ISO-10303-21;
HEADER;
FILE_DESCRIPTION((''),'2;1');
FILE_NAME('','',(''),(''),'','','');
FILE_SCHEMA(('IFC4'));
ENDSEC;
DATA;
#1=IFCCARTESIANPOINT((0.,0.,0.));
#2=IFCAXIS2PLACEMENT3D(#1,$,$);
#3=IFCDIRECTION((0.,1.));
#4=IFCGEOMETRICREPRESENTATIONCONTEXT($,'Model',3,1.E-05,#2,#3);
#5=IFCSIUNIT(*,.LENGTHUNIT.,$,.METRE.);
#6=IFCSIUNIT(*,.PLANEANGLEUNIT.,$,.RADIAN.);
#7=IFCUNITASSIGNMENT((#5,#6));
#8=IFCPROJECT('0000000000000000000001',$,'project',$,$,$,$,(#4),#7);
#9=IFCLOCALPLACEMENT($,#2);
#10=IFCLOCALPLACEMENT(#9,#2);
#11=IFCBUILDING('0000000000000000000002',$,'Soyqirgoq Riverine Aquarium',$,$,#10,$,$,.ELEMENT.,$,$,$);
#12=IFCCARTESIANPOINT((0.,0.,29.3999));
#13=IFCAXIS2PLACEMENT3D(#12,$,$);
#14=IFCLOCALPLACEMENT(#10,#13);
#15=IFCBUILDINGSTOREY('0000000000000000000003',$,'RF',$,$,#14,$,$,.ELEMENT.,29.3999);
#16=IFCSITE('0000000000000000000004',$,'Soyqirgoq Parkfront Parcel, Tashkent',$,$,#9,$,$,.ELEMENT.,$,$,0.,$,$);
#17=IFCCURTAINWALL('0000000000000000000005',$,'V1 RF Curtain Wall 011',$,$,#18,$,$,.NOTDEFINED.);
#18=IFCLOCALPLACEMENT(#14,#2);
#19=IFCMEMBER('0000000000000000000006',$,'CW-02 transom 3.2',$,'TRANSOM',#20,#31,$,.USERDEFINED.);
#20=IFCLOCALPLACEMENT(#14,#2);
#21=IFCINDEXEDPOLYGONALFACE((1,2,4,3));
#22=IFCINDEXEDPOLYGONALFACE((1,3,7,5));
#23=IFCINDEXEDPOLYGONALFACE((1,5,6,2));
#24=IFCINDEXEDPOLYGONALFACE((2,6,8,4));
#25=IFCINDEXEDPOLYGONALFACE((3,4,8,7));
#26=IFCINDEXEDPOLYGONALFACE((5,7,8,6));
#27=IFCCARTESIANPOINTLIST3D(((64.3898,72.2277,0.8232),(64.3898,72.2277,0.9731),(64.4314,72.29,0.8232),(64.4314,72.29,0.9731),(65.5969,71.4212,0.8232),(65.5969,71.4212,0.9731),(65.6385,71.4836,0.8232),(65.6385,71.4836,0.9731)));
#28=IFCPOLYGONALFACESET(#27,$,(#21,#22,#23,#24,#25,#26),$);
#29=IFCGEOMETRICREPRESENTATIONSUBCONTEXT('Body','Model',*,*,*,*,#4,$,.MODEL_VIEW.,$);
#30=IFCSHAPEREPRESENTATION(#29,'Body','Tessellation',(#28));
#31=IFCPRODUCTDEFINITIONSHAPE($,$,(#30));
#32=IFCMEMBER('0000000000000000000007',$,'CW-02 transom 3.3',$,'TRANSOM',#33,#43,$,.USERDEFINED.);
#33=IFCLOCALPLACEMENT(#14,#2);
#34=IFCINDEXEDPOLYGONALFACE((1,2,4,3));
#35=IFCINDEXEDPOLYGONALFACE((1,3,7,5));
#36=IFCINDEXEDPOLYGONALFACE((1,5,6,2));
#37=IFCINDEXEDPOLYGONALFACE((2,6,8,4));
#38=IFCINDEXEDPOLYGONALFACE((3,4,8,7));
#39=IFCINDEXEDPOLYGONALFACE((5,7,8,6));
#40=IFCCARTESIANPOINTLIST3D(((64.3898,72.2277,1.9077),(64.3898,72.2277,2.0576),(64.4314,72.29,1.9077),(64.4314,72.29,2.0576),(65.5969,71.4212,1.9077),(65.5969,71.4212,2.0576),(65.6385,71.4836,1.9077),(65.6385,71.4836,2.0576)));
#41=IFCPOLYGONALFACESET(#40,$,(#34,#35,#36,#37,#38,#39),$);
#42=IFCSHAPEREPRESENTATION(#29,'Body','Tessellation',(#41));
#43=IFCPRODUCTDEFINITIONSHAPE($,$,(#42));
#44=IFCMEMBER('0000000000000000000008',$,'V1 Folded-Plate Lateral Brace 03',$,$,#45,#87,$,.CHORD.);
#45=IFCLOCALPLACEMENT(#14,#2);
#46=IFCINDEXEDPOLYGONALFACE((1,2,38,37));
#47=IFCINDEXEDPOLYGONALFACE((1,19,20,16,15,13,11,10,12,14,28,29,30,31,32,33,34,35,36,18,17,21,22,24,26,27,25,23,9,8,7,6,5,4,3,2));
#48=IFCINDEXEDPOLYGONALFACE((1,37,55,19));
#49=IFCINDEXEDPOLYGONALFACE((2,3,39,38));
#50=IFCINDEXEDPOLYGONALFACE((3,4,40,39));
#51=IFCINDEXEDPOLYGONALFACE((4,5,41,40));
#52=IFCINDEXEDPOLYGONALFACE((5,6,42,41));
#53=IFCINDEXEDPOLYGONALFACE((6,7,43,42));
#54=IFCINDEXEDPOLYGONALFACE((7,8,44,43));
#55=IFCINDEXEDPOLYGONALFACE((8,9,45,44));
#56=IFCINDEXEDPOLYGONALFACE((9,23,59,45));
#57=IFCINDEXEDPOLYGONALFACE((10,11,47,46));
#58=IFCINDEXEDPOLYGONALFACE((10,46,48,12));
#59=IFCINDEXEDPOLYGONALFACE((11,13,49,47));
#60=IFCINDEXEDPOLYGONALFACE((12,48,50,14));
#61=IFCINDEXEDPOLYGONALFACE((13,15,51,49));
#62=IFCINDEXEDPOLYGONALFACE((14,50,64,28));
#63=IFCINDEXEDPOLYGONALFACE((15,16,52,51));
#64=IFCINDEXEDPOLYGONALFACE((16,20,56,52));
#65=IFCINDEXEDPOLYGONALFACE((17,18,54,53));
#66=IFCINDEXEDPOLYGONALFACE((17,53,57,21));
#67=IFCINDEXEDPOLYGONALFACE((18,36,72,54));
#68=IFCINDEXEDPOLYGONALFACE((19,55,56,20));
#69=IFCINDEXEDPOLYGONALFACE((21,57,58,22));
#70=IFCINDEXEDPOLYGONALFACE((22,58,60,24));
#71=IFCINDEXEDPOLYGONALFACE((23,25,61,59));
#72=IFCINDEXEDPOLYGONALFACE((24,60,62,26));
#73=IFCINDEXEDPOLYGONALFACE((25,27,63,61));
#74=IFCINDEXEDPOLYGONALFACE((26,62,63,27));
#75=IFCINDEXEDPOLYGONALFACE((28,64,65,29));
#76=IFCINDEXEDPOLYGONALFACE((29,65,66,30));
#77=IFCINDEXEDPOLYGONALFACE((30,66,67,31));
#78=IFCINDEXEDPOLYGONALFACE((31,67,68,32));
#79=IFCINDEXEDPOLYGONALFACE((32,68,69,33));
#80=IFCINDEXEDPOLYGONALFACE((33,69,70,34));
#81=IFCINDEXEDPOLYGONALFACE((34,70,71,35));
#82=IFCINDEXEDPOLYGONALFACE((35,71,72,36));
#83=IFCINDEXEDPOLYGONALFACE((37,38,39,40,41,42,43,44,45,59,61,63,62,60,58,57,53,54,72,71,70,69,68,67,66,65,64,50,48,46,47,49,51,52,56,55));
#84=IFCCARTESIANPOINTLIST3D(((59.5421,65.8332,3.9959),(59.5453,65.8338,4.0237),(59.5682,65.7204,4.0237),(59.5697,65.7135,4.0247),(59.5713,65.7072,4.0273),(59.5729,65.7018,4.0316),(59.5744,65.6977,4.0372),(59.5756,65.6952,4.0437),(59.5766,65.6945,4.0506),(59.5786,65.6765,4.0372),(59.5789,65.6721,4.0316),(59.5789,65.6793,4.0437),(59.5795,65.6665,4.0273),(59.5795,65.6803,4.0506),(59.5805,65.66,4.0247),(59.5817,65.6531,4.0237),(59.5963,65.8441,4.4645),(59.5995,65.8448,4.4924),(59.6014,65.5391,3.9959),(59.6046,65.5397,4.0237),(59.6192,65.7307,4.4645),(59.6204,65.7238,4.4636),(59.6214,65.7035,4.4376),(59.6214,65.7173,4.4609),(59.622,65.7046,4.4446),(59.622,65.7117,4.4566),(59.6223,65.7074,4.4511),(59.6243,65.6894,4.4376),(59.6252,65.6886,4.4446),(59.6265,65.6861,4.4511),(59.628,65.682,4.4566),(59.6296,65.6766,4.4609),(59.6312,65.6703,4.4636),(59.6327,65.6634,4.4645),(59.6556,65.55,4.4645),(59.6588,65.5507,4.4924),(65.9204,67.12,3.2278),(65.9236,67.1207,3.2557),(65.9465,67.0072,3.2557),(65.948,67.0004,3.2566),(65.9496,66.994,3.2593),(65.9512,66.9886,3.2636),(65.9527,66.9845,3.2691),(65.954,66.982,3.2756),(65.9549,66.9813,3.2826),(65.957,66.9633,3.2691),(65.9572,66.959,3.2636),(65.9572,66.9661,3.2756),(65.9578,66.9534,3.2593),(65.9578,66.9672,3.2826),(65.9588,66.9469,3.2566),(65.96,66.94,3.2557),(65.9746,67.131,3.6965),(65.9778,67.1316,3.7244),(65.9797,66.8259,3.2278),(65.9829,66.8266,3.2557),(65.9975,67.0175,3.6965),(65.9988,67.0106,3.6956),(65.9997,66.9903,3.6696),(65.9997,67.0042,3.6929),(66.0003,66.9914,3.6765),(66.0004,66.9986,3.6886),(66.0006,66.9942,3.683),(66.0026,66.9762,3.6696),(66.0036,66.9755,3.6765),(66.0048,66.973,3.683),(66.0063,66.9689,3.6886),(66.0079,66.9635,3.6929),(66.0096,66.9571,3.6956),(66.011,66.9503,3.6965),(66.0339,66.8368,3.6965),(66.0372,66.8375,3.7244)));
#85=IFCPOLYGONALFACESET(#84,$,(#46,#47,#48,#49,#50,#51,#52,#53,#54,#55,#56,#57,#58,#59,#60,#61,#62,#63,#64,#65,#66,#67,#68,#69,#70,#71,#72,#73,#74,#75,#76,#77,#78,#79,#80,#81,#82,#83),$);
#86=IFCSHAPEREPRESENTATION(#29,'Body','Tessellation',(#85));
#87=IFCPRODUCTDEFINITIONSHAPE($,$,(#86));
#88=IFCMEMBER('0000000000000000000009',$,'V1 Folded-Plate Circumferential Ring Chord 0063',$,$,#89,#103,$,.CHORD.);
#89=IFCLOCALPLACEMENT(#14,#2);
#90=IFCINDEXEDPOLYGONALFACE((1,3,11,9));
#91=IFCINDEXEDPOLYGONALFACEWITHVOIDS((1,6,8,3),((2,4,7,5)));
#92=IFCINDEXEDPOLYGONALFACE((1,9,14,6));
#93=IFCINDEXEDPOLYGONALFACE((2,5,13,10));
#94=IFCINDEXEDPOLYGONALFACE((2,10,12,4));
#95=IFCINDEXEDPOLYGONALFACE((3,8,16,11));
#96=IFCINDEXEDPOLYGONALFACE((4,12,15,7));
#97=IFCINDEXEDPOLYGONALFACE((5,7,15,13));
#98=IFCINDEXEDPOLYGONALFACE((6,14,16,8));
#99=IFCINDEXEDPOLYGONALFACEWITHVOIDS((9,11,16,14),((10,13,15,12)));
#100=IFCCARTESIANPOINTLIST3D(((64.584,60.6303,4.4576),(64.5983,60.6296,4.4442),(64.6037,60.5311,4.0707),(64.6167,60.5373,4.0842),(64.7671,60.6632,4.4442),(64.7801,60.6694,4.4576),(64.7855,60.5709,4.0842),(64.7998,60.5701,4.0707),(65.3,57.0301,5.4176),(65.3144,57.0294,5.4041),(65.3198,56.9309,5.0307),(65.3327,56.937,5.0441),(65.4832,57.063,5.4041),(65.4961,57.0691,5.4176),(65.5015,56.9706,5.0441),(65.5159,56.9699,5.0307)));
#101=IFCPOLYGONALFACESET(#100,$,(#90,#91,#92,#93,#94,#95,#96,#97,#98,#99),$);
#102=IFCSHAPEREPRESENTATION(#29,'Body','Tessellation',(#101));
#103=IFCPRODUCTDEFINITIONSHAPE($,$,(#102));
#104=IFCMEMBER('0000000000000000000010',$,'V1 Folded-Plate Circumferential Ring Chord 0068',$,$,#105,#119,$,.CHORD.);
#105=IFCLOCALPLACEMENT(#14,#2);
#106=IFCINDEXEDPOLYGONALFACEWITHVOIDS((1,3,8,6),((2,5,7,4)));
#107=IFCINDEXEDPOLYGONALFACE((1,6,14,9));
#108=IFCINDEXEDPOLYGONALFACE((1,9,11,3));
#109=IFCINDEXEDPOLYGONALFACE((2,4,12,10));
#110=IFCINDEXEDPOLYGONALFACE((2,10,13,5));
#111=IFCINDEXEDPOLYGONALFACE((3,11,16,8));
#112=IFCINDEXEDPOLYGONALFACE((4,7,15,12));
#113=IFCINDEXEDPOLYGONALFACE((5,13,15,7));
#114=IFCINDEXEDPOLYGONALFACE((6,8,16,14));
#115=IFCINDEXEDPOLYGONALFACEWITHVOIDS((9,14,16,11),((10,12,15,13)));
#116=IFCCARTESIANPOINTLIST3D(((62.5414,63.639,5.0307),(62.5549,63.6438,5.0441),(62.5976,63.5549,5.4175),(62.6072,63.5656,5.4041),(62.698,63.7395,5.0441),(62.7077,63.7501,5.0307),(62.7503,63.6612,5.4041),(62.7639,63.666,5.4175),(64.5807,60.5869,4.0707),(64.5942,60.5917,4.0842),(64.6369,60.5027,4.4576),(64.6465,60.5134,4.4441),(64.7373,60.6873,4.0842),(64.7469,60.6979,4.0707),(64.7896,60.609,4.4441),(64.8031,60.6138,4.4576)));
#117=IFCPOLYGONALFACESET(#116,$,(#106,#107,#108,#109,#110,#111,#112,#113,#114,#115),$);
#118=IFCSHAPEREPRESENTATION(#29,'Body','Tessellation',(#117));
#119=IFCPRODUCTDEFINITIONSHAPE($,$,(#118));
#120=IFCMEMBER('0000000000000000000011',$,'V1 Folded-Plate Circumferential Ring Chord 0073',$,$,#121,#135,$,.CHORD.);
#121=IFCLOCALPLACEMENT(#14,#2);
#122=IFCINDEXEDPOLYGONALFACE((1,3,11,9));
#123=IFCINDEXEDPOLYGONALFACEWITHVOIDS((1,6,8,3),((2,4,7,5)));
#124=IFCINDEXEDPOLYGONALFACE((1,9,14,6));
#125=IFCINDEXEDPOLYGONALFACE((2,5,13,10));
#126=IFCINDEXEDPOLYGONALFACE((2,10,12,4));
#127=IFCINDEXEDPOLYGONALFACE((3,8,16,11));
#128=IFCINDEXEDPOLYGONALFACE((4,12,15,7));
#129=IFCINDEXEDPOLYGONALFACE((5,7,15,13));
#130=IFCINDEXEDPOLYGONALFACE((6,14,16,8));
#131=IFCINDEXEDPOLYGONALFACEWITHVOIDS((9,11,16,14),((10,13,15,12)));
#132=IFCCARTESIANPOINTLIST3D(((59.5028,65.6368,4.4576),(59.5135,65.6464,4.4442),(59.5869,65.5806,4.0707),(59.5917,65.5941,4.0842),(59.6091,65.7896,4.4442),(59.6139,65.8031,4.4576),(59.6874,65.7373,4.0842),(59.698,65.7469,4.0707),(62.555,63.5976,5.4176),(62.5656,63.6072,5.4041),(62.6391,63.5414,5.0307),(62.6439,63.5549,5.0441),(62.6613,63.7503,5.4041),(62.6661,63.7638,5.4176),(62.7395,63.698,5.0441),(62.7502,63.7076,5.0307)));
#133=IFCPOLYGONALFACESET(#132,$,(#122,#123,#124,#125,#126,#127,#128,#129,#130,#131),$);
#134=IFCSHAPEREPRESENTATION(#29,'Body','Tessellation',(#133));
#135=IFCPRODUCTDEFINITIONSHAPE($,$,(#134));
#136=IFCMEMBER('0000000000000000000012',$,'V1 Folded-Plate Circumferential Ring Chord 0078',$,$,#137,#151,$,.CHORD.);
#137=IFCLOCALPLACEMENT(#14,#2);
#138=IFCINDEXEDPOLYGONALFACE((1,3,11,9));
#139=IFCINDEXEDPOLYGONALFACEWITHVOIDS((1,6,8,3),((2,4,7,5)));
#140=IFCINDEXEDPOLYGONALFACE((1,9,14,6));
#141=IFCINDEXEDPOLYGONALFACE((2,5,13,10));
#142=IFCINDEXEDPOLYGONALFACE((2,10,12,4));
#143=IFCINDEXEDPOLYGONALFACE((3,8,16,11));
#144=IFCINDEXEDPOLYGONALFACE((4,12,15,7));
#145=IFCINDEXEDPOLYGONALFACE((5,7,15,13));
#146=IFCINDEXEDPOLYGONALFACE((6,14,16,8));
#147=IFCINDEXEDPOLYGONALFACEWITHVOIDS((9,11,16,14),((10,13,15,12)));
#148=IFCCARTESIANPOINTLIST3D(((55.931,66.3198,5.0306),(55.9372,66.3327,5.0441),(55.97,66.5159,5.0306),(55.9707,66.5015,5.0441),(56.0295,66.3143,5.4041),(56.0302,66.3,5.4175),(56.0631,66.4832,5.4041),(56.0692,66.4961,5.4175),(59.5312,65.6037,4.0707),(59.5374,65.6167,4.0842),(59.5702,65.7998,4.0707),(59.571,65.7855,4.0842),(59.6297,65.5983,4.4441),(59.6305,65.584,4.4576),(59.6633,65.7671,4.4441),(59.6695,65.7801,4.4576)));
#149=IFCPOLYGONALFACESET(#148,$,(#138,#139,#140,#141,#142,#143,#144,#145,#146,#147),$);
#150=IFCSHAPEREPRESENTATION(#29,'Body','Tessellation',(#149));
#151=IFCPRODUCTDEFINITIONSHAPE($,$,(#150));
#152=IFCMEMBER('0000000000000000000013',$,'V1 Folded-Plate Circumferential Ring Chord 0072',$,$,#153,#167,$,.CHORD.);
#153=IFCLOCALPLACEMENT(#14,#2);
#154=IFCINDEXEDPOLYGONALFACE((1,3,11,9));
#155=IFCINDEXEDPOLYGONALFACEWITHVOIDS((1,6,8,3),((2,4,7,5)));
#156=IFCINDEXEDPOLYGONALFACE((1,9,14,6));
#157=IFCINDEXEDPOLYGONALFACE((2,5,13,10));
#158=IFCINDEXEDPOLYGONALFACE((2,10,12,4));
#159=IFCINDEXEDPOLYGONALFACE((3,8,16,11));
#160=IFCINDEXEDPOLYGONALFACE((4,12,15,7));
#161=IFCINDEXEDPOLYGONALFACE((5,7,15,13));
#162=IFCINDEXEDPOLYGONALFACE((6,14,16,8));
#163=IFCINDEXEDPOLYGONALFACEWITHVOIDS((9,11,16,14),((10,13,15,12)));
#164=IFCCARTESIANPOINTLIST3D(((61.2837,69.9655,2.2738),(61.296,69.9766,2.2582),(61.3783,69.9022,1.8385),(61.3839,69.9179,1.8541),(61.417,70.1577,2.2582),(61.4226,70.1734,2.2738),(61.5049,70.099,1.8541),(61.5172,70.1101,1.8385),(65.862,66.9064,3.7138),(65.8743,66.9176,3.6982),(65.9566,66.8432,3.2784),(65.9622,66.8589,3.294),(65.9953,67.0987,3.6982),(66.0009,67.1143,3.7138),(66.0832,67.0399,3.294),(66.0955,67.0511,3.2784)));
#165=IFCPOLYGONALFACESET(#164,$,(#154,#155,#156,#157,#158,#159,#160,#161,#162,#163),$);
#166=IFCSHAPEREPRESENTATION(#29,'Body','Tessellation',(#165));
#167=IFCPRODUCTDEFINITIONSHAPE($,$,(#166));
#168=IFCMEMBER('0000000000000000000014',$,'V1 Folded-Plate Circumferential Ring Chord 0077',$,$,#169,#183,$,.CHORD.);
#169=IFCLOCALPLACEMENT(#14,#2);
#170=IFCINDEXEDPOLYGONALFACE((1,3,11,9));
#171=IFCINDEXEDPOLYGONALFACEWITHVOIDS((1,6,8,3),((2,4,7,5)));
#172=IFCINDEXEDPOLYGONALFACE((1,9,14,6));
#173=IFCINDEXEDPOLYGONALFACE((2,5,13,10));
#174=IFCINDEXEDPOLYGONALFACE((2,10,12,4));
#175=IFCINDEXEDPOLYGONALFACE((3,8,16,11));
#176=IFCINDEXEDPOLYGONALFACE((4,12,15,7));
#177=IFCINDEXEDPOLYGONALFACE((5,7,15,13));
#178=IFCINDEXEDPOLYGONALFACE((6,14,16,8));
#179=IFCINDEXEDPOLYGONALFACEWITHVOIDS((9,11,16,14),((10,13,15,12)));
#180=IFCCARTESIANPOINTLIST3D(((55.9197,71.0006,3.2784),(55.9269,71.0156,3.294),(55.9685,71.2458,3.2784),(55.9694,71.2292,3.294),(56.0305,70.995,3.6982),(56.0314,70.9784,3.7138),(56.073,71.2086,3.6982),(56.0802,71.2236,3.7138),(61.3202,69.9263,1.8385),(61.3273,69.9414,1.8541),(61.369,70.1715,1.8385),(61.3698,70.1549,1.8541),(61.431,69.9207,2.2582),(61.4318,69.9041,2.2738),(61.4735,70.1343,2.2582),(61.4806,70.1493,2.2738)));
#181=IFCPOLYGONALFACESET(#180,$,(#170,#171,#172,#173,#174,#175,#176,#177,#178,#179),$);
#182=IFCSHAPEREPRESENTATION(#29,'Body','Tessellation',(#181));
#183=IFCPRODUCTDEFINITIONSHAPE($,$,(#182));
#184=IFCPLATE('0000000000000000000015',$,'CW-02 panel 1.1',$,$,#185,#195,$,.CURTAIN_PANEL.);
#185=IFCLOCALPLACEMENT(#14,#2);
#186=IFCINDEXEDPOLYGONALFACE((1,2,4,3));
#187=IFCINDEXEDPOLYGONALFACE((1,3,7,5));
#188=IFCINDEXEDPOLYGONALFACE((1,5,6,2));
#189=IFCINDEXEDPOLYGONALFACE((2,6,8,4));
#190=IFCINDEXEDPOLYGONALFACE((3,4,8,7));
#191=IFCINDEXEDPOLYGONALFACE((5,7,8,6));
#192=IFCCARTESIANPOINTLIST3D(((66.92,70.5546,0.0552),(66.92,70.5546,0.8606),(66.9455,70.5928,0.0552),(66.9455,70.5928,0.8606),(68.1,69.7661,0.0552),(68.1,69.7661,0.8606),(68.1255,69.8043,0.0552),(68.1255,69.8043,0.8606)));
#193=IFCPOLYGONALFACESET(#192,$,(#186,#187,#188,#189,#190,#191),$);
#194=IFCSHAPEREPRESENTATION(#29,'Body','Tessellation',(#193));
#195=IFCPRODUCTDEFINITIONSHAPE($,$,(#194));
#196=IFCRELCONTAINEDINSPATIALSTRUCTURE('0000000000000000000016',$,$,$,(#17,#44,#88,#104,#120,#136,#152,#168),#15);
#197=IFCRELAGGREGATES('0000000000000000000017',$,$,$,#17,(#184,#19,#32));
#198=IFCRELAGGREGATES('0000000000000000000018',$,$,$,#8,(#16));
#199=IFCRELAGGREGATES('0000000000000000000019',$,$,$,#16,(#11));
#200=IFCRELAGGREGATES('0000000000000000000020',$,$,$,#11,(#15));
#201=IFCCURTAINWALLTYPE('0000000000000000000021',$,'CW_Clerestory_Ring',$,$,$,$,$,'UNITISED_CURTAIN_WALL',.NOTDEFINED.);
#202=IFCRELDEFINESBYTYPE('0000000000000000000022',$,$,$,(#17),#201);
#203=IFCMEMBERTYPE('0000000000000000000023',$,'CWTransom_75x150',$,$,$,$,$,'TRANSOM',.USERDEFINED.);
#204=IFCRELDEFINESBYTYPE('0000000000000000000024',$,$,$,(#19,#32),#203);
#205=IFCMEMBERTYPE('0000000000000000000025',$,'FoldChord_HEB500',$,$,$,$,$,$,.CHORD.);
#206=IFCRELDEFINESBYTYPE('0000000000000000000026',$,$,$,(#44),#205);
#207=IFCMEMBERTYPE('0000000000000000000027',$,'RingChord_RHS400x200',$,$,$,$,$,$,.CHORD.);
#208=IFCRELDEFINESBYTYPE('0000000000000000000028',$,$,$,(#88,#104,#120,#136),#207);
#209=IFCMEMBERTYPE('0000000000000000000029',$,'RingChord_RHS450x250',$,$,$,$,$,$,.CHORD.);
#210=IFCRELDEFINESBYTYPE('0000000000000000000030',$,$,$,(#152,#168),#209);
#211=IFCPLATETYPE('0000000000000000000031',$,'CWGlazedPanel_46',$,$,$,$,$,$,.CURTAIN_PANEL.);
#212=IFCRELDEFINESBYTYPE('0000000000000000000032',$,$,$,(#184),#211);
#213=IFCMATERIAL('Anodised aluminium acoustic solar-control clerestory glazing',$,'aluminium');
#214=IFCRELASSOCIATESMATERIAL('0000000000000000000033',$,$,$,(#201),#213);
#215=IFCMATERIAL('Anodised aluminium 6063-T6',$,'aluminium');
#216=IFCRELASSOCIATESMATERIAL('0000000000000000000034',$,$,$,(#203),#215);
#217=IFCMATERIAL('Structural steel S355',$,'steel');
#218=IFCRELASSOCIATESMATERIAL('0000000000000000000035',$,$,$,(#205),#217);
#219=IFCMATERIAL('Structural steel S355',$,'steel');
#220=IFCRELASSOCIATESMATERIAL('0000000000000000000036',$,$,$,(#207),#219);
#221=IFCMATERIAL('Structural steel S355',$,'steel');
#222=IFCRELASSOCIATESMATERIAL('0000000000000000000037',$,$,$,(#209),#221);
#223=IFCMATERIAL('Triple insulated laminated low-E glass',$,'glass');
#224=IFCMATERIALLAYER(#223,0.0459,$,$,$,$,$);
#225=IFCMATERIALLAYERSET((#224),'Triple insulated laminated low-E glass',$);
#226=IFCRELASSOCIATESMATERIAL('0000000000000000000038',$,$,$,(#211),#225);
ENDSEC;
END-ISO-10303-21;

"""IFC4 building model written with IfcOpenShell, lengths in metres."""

from ifc_helpers import new_model, si_unit, direction, frame, origin, origin_2d, place, context, subcontext, project, spatial, rectangle, hollow_rectangle, i_section, extrude, material, layer, layer_set, material_profile, profile_set, type_object, element, aggregate, save


model = new_model("IFC4")

# Units and contexts
model_context = context("Model", 3, precision=1e-05, world=origin(), true_north=direction((0.0, 1.0)))
body_context = subcontext(model_context, "Body", "Model", "MODEL_VIEW")
ifc_project = project(units=[si_unit("LENGTHUNIT", "METRE"), si_unit("PLANEANGLEUNIT", "RADIAN")], contexts=[model_context])

# Site, building, storey
site_placement = place(None, origin())
site = spatial("IfcSite", under=ifc_project, at=site_placement, Name="Soyqirgoq Parkfront Parcel, Tashkent", CompositionType="ELEMENT", RefElevation=0.0)
building_placement = place(site_placement, origin())
building = spatial("IfcBuilding", under=site, at=building_placement, Name="Soyqirgoq Riverine Aquarium", CompositionType="ELEMENT")
storey_placement = place(building_placement, frame((0.0, 0.0, 29.3999)))
storey = spatial("IfcBuildingStorey", under=building, at=storey_placement, Name="RF", CompositionType="ELEMENT", Elevation=29.3999)

# Curtain wall, members
ifc_material_1 = material(Name="Anodised aluminium acoustic solar-control clerestory glazing", Category="aluminium")
curtain_wall_type = type_object("IfcCurtainWallType", Name="CW_Clerestory_Ring", ElementType="UNITISED_CURTAIN_WALL", PredefinedType="NOTDEFINED", material=ifc_material_1)
curtain_wall_placement = place(storey_placement, origin())
curtain_wall = element("IfcCurtainWall", 1, at=curtain_wall_placement, inside=storey, type_object=curtain_wall_type, Name="V1 RF Curtain Wall 011", PredefinedType="NOTDEFINED")
ifc_material_2 = material(Name="Anodised aluminium 6063-T6", Category="aluminium")
ifc_material_profile_1 = material_profile(ifc_material_2, rectangle(XDim=0.075, YDim=0.1499, at=origin_2d()), Name="ALU-T 75x150")
ifc_profile_set_1 = profile_set([ifc_material_profile_1], Name="Anodised aluminium 6063-T6")
member_type_1 = type_object("IfcMemberType", Name="CWTransom_75x150", ElementType="TRANSOM", PredefinedType="USERDEFINED", material=ifc_profile_set_1)
member_1_placement = place(storey_placement, frame((65.6177, 71.4524, 0.8982), z_axis=(-0.831507, 0.555515, 0.0), x_axis=(-0.555515, -0.831507, 0.0)))
member_1 = element("IfcMember", 2, at=member_1_placement, type_object=member_type_1, Name="CW-02 transom 3.2", ObjectType="TRANSOM", PredefinedType="USERDEFINED", context=body_context, shape_type="SweptSolid", body=[
    extrude(rectangle(XDim=0.075, YDim=0.1499, at=origin_2d()), origin(), (0.0, 0.0, 1.0), 1.4517),
])
member_2_placement = place(storey_placement, frame((65.6177, 71.4524, 1.9827), z_axis=(-0.831507, 0.555515, 0.0), x_axis=(-0.555515, -0.831507, 0.0)))
member_2 = element("IfcMember", 3, at=member_2_placement, type_object=member_type_1, Name="CW-02 transom 3.3", ObjectType="TRANSOM", PredefinedType="USERDEFINED", context=body_context, shape_type="SweptSolid", body=[
    extrude(rectangle(XDim=0.075, YDim=0.1499, at=origin_2d()), origin(), (0.0, 0.0, 1.0), 1.4517),
])

# Members
ifc_material_3 = material(Name="Structural steel S355", Category="steel")
ifc_material_profile_2 = material_profile(ifc_material_3, i_section(OverallWidth=0.3, OverallDepth=0.5, WebThickness=0.0144, FlangeThickness=0.0281, FilletRadius=0.0271, at=origin_2d()), Name="HEB 500")
ifc_profile_set_2 = profile_set([ifc_material_profile_2], Name="Structural steel S355")
member_type_2 = type_object("IfcMemberType", Name="FoldChord_HEB500", PredefinedType="CHORD", material=ifc_profile_set_2)
member_3_placement = place(storey_placement, frame((65.9788, 66.9788, 3.4761), z_axis=(-0.97349, -0.196405, 0.117224), x_axis=(0.197768, -0.980249, 0.0)))
element("IfcMember", 4, at=member_3_placement, inside=storey, type_object=member_type_2, Name="V1 Folded-Plate Lateral Brace 03", PredefinedType="CHORD", context=body_context, shape_type="SweptSolid", body=[
    extrude(i_section(OverallWidth=0.3, OverallDepth=0.5, WebThickness=0.0144, FlangeThickness=0.0281, FilletRadius=0.0271, at=origin_2d()), origin(), (0.0, 0.0, 1.0), 6.552),
])
ifc_material_4 = material(Name="Structural steel S355", Category="steel")
ifc_material_profile_3 = material_profile(ifc_material_4, hollow_rectangle(XDim=0.2, YDim=0.3999, WallThickness=0.0139, at=origin_2d()), Name="RHS 400x200x14")
ifc_profile_set_3 = profile_set([ifc_material_profile_3], Name="Structural steel S355")
member_type_3 = type_object("IfcMemberType", Name="RingChord_RHS400x200", PredefinedType="CHORD", material=ifc_profile_set_3)
for number, where, z_axis, x_axis, name in (
    (5, (65.408, 57.0, 5.2241), (-0.188721, 0.948881, -0.253001), (-0.98079, -0.195067, 0.0), "V1 Folded-Plate Circumferential Ring Chord 0063"),
    (6, (64.6919, 60.6003, 4.2642), (-0.53747, 0.804435, 0.253003), (-0.831487, -0.555544, 0.0), "V1 Folded-Plate Circumferential Ring Chord 0068"),
    (7, (62.6526, 63.6526, 5.2241), (-0.804435, 0.53747, -0.253003), (-0.555544, -0.831487, 0.0), "V1 Folded-Plate Circumferential Ring Chord 0073"),
    (8, (59.6003, 65.6919, 4.2642), (-0.948881, 0.188721, 0.253001), (-0.195067, -0.98079, 0.0), "V1 Folded-Plate Circumferential Ring Chord 0078"),
):
    element("IfcMember", number, at=place(storey_placement, frame(where, z_axis=z_axis, x_axis=x_axis)), inside=storey, type_object=member_type_3, Name=name, PredefinedType="CHORD", context=body_context, shape_type="SweptSolid", body=[
        extrude(hollow_rectangle(XDim=0.2, YDim=0.3999, WallThickness=0.0139, at=origin_2d()), origin(), (0.0, 0.0, 1.0), 3.7942),
    ])
ifc_material_5 = material(Name="Structural steel S355", Category="steel")
ifc_material_profile_4 = material_profile(ifc_material_5, hollow_rectangle(XDim=0.25, YDim=0.45, WallThickness=0.0161, at=origin_2d()), Name="RHS 450x250x16")
ifc_profile_set_4 = profile_set([ifc_material_profile_4], Name="Structural steel S355")
member_type_4 = type_object("IfcMemberType", Name="RingChord_RHS450x250", PredefinedType="CHORD", material=ifc_profile_set_4)
for number, where, z_axis, x_axis, name in (
    (9, (65.9788, 66.9788, 3.4961), (-0.804426, 0.537485, -0.253), (-0.555559, -0.831477, 0.0), "V1 Folded-Plate Circumferential Ring Chord 0072"),
    (10, (61.4004, 70.0378, 2.0562), (-0.948875, 0.188745, 0.253005), (-0.195093, -0.980785, 0.0), "V1 Folded-Plate Circumferential Ring Chord 0077"),
):
    element("IfcMember", number, at=place(storey_placement, frame(where, z_axis=z_axis, x_axis=x_axis)), inside=storey, type_object=member_type_4, Name=name, PredefinedType="CHORD", context=body_context, shape_type="SweptSolid", body=[
        extrude(hollow_rectangle(XDim=0.25, YDim=0.45, WallThickness=0.0161, at=origin_2d()), origin(), (0.0, 0.0, 1.0), 5.6914),
    ])

# Plate
ifc_material_6 = material(Name="Triple insulated laminated low-E glass", Category="glass")
ifc_layer_1 = layer(ifc_material_6, 0.0459)
ifc_layer_set_1 = layer_set([ifc_layer_1], Name="Triple insulated laminated low-E glass")
plate_type_1 = type_object("IfcPlateType", Name="CWGlazedPanel_46", PredefinedType="CURTAIN_PANEL", material=ifc_layer_set_1)
plate_1_placement = place(storey_placement, frame((67.5227, 70.1794, 0.0552), z_axis=(0.0, 0.0, 1.0), x_axis=(-0.831464, 0.555579, 0.0)))
plate_1 = element("IfcPlate", 11, at=plate_1_placement, type_object=plate_type_1, Name="CW-02 panel 1.1", PredefinedType="CURTAIN_PANEL", context=body_context, shape_type="SweptSolid", body=[
    extrude(rectangle(XDim=1.4192, YDim=0.0459, at=origin_2d()), origin(), (0.0, 0.0, 1.0), 0.8054),
])
aggregate(curtain_wall, [plate_1, member_1, member_2])

save(model, "model.ifc")
